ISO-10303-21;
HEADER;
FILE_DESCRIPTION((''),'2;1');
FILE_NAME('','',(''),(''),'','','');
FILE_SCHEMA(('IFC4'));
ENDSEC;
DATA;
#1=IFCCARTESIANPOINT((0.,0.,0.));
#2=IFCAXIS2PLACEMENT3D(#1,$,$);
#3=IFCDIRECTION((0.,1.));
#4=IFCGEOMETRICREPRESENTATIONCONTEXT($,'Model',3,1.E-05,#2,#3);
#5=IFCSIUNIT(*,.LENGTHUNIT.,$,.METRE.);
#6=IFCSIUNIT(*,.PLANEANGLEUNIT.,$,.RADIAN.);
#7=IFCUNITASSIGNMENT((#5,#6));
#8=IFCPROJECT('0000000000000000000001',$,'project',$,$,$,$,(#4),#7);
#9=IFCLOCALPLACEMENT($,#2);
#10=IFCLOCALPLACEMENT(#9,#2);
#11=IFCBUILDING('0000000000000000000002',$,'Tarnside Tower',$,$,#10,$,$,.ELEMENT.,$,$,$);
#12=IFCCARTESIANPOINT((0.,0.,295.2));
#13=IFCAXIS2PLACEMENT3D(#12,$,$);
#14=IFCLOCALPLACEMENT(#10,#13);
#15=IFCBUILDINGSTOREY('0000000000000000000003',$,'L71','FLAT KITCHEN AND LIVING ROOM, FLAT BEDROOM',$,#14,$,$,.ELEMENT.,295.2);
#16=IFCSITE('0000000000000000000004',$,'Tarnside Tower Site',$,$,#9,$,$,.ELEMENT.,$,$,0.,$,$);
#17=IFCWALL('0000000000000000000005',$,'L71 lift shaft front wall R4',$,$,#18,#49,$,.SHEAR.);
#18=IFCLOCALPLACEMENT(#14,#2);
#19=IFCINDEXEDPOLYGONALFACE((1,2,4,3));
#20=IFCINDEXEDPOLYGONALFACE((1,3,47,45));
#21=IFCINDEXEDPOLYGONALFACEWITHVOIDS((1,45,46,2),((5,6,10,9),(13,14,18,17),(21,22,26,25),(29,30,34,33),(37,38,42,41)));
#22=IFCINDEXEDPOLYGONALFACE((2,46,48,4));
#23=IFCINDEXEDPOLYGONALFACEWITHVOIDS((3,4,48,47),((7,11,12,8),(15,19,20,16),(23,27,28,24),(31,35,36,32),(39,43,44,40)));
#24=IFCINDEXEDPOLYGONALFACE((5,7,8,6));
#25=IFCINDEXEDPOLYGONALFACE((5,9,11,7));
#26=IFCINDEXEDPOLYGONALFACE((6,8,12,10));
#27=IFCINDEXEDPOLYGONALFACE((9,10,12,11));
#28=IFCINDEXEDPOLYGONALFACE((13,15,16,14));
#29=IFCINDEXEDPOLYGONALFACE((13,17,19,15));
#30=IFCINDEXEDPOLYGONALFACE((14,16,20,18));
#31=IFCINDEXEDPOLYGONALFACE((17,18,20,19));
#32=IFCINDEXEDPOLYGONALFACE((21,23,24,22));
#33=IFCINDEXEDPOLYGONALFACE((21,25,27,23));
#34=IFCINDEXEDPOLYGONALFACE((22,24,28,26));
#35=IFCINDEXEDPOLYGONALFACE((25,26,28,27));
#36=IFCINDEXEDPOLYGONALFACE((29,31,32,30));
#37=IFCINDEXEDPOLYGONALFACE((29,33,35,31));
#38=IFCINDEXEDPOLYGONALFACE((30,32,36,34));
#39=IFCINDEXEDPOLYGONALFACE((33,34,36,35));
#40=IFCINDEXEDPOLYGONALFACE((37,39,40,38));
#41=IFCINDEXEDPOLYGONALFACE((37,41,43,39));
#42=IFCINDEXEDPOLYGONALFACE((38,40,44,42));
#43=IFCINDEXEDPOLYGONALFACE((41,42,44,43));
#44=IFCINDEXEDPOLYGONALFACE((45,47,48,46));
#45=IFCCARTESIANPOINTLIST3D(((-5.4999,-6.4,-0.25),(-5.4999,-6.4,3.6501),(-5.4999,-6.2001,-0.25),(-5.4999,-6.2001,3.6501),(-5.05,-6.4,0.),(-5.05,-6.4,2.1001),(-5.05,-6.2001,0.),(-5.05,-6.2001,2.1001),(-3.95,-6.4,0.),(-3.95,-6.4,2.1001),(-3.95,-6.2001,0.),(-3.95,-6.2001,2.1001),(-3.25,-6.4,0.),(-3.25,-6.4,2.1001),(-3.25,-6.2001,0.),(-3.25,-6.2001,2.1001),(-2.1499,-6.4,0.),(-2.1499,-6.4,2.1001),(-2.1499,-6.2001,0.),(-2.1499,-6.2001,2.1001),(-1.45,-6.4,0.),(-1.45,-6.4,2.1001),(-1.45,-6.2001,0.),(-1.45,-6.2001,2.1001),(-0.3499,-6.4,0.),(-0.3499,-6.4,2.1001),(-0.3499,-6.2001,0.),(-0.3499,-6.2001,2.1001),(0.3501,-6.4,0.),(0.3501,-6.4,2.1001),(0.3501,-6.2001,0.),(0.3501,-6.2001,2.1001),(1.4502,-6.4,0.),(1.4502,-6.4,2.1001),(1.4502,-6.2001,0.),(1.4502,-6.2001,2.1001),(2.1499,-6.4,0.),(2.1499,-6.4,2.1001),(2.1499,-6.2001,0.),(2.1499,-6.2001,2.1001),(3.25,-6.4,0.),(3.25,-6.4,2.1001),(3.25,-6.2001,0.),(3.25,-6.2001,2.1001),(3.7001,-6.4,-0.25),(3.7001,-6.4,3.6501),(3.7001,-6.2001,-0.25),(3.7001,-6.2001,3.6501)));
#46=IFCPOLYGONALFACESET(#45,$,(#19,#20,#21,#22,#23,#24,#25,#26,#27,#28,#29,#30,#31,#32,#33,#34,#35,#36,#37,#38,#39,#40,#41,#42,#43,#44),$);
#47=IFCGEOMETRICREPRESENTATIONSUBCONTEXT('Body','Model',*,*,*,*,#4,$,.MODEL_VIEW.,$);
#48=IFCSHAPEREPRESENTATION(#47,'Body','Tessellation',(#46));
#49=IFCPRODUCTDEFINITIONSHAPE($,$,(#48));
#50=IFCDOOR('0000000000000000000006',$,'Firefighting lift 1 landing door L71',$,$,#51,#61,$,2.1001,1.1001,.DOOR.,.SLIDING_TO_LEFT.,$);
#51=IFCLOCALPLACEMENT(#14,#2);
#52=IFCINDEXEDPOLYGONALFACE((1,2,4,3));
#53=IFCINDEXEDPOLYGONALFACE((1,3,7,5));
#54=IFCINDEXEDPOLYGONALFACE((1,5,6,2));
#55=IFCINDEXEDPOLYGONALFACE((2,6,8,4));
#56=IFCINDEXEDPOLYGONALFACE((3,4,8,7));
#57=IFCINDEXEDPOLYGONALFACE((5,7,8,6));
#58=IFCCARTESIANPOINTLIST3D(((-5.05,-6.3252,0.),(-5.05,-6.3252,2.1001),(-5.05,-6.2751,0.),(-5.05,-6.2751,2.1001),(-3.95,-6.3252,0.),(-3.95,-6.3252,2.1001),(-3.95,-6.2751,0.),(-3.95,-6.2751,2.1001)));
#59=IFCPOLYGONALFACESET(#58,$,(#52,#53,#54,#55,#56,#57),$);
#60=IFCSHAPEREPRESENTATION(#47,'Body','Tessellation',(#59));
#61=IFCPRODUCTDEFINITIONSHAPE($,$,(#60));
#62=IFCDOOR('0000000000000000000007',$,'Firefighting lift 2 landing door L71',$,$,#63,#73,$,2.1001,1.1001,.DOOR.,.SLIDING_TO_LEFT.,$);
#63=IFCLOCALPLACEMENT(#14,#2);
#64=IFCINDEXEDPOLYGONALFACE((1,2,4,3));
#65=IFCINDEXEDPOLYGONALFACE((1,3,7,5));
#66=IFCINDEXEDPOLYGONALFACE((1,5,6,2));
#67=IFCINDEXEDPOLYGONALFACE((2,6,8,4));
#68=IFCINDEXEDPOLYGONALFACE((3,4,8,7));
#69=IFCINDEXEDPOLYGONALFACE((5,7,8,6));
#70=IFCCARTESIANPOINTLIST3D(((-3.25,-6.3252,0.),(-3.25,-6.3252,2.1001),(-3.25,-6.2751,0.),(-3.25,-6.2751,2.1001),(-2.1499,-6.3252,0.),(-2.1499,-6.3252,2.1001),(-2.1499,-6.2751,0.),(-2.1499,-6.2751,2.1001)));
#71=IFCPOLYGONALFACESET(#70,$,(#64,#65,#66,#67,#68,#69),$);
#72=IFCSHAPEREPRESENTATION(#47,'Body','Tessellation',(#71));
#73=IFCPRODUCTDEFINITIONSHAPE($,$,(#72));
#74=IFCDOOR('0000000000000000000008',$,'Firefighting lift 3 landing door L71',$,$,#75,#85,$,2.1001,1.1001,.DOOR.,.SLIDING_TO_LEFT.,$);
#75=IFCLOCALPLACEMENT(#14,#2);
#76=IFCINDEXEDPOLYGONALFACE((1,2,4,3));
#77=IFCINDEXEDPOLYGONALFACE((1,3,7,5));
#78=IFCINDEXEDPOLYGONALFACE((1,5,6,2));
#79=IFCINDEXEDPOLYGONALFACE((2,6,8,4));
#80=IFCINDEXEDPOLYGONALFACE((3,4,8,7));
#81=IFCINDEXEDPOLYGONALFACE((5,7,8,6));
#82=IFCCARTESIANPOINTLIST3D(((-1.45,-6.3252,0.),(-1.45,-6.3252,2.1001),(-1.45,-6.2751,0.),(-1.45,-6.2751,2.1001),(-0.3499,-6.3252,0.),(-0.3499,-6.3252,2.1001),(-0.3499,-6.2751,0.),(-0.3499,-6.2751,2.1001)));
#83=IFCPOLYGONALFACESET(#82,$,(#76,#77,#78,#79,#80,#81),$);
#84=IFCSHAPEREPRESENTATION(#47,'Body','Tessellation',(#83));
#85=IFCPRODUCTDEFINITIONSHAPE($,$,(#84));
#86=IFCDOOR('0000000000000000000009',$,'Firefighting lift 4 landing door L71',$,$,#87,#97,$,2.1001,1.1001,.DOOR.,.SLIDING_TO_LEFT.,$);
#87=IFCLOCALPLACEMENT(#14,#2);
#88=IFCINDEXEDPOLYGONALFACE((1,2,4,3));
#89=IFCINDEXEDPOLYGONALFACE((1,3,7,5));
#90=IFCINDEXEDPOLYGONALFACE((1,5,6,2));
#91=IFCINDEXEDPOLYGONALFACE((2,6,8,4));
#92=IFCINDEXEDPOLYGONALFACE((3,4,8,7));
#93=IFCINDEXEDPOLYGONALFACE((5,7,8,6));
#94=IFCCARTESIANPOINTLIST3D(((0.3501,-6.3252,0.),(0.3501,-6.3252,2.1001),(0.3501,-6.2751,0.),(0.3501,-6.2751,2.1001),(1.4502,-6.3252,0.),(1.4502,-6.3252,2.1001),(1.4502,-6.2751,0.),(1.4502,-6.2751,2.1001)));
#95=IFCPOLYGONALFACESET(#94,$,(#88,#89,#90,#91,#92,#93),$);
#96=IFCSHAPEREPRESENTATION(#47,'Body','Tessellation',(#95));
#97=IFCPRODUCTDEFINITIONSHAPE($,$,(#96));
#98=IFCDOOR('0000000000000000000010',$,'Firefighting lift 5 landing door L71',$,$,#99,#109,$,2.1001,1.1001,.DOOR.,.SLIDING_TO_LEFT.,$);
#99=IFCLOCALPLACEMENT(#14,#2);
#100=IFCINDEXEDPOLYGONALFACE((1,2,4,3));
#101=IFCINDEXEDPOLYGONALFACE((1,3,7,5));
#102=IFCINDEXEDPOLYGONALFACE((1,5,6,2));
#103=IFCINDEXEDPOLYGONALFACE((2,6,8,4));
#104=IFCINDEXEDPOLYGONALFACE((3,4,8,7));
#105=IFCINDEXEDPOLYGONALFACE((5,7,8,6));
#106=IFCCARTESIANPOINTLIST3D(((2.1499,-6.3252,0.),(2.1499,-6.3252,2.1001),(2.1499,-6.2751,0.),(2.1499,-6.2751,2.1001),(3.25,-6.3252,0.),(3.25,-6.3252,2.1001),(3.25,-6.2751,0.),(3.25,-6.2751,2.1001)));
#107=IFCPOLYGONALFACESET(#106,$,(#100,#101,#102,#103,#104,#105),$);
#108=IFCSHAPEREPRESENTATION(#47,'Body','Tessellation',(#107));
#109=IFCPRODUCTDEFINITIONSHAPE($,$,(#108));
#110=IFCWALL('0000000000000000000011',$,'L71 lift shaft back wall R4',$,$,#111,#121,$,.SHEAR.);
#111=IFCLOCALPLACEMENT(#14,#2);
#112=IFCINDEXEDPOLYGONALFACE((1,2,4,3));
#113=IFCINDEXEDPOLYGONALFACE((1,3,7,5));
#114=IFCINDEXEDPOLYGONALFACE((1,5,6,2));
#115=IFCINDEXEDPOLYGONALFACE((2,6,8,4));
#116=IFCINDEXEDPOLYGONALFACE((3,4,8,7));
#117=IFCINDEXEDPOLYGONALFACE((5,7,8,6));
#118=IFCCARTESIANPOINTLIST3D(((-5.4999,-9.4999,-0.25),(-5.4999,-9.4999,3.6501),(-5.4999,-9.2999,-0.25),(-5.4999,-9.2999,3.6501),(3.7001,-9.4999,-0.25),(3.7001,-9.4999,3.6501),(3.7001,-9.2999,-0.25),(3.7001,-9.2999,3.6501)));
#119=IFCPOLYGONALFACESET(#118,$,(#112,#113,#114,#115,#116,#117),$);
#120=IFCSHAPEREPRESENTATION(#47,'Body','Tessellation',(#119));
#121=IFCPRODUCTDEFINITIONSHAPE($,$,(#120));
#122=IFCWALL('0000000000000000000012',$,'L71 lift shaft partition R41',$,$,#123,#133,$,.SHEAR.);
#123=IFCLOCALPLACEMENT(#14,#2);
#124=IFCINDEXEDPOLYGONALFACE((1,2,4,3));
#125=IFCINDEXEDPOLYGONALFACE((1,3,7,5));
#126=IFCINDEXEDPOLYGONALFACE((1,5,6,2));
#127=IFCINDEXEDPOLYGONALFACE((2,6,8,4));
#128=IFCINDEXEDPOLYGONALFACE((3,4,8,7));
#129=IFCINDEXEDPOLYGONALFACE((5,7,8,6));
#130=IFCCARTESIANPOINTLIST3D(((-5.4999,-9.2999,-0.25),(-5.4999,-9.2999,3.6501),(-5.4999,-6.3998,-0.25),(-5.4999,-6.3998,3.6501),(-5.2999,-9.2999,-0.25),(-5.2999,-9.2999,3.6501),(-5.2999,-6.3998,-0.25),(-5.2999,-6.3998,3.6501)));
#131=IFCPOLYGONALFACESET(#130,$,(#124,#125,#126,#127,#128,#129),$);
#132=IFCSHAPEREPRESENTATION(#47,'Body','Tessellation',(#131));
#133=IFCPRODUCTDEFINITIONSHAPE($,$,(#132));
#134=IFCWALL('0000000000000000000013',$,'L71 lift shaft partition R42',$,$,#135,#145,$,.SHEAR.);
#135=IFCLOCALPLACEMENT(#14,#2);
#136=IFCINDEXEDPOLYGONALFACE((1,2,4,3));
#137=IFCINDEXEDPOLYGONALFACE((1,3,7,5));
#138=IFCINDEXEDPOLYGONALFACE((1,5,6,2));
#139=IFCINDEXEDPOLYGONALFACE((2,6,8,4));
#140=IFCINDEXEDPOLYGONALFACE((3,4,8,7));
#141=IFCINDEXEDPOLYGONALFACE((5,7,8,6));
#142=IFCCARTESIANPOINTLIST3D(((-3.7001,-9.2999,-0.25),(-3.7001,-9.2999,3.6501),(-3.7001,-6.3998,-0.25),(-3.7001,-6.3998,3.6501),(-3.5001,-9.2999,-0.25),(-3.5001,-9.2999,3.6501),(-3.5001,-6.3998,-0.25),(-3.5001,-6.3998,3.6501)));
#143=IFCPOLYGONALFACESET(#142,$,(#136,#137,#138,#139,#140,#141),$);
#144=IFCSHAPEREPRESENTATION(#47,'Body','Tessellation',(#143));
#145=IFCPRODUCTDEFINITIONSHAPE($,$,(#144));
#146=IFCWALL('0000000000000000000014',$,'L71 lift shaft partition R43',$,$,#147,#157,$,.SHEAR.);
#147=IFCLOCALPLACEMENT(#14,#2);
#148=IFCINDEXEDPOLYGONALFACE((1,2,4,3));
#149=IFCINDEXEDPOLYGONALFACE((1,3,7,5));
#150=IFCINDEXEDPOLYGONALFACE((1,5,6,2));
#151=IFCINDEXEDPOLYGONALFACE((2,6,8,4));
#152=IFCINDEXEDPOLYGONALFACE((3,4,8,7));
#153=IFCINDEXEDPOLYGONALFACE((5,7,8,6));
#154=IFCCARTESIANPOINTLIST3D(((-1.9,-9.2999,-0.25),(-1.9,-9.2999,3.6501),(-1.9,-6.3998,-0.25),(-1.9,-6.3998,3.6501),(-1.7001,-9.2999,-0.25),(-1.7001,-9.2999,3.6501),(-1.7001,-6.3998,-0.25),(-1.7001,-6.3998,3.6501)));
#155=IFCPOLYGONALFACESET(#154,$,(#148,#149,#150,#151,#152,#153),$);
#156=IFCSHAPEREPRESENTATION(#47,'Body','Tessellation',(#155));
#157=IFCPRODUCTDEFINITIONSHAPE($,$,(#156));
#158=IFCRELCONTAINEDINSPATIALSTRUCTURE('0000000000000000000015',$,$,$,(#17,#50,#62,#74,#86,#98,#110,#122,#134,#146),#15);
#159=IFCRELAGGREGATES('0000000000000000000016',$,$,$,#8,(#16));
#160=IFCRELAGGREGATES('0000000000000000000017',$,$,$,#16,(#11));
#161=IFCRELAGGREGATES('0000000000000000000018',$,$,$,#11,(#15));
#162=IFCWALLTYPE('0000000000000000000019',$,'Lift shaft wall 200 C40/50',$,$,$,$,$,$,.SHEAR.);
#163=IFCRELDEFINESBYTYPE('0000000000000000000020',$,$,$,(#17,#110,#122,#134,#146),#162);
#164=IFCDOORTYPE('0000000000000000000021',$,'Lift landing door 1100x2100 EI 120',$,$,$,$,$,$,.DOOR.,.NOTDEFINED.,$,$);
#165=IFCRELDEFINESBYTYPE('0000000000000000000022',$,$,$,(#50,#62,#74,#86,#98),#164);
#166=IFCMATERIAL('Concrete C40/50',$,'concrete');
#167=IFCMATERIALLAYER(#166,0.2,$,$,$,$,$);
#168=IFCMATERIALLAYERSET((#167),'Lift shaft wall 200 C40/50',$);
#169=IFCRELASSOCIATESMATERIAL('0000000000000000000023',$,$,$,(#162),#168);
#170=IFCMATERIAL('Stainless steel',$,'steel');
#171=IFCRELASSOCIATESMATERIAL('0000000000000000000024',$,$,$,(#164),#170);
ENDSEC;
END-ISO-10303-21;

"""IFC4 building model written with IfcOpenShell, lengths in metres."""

from ifc_helpers import new_model, si_unit, direction, frame, frame_2d, origin, place, context, subcontext, project, spatial, rectangle, extrude, material, layer, layer_set, type_object, element, fill, save


model = new_model("IFC4")

# Units and contexts
model_context = context("Model", 3, precision=1e-05, world=origin(), true_north=direction((0.0, 1.0)))
body_context = subcontext(model_context, "Body", "Model", "MODEL_VIEW")
ifc_project = project(units=[si_unit("LENGTHUNIT", "METRE"), si_unit("PLANEANGLEUNIT", "RADIAN")], contexts=[model_context])

# Site, building, storey
site_placement = place(None, origin())
site = spatial("IfcSite", under=ifc_project, at=site_placement, Name="Tarnside Tower Site", CompositionType="ELEMENT", RefElevation=0.0)
building_placement = place(site_placement, origin())
building = spatial("IfcBuilding", under=site, at=building_placement, Name="Tarnside Tower", CompositionType="ELEMENT")
storey_placement = place(building_placement, frame((0.0, 0.0, 295.2)))
storey = spatial("IfcBuildingStorey", under=building, at=storey_placement, Name="L71", Description="FLAT KITCHEN AND LIVING ROOM, FLAT BEDROOM", CompositionType="ELEMENT", Elevation=295.2)

# Wall, openings, doors
ifc_material_1 = material(Name="Concrete C40/50", Category="concrete")
ifc_layer_1 = layer(ifc_material_1, 0.2)
ifc_layer_set_1 = layer_set([ifc_layer_1], Name="Lift shaft wall 200 C40/50")
wall_type_1 = type_object("IfcWallType", Name="Lift shaft wall 200 C40/50", PredefinedType="SHEAR", material=ifc_layer_set_1)
wall_1_placement = place(storey_placement, frame((-5.5, -6.3, -0.25), z_axis=(0.0, 0.0, 1.0), x_axis=(1.0, 0.0, 0.0)))
wall_1 = element("IfcWall", 1, at=wall_1_placement, inside=storey, type_object=wall_type_1, Name="L71 lift shaft front wall R4", PredefinedType="SHEAR", context=body_context, shape_type="SweptSolid", body=[
    extrude(rectangle(XDim=9.2, YDim=0.2, at=frame_2d((4.6001, 0.0))), origin(), (0.0, 0.0, 1.0), 3.9001),
])
opening_1_placement = place(wall_1_placement, frame((0.45, 0.0, 0.25)))
opening_1 = element("IfcOpeningElement", 2, at=opening_1_placement, cuts=wall_1, PredefinedType="OPENING", context=body_context, shape_type="SweptSolid", body=[
    extrude(rectangle(XDim=1.1001, YDim=2.1001, at=frame_2d((0.55, 1.05))), frame((0.0, 0.1099, 0.0), z_axis=(0.0, -1.0, 0.0), x_axis=(1.0, 0.0, 0.0)), (0.0, 0.0, 1.0), 0.22),
])
opening_2_placement = place(wall_1_placement, frame((2.25, 0.0, 0.25)))
opening_2 = element("IfcOpeningElement", 3, at=opening_2_placement, cuts=wall_1, PredefinedType="OPENING", context=body_context, shape_type="SweptSolid", body=[
    extrude(rectangle(XDim=1.1001, YDim=2.1001, at=frame_2d((0.55, 1.05))), frame((0.0, 0.1099, 0.0), z_axis=(0.0, -1.0, 0.0), x_axis=(1.0, 0.0, 0.0)), (0.0, 0.0, 1.0), 0.22),
])
opening_3_placement = place(wall_1_placement, frame((4.05, 0.0, 0.25)))
opening_3 = element("IfcOpeningElement", 4, at=opening_3_placement, cuts=wall_1, PredefinedType="OPENING", context=body_context, shape_type="SweptSolid", body=[
    extrude(rectangle(XDim=1.1001, YDim=2.1001, at=frame_2d((0.55, 1.05))), frame((0.0, 0.1099, 0.0), z_axis=(0.0, -1.0, 0.0), x_axis=(1.0, 0.0, 0.0)), (0.0, 0.0, 1.0), 0.22),
])
opening_4_placement = place(wall_1_placement, frame((5.8501, 0.0, 0.25)))
opening_4 = element("IfcOpeningElement", 5, at=opening_4_placement, cuts=wall_1, PredefinedType="OPENING", context=body_context, shape_type="SweptSolid", body=[
    extrude(rectangle(XDim=1.1001, YDim=2.1001, at=frame_2d((0.55, 1.05))), frame((0.0, 0.1099, 0.0), z_axis=(0.0, -1.0, 0.0), x_axis=(1.0, 0.0, 0.0)), (0.0, 0.0, 1.0), 0.22),
])
opening_5_placement = place(wall_1_placement, frame((7.6499, 0.0, 0.25)))
opening_5 = element("IfcOpeningElement", 6, at=opening_5_placement, cuts=wall_1, PredefinedType="OPENING", context=body_context, shape_type="SweptSolid", body=[
    extrude(rectangle(XDim=1.1001, YDim=2.1001, at=frame_2d((0.55, 1.05))), frame((0.0, 0.1099, 0.0), z_axis=(0.0, -1.0, 0.0), x_axis=(1.0, 0.0, 0.0)), (0.0, 0.0, 1.0), 0.22),
])
ifc_material_2 = material(Name="Stainless steel", Category="steel")
door_type_1 = type_object("IfcDoorType", Name="Lift landing door 1100x2100 EI 120", OperationType="NOTDEFINED", PredefinedType="DOOR", material=ifc_material_2)
door_1_placement = place(opening_1_placement, origin())
door_1 = element("IfcDoor", 7, at=door_1_placement, inside=storey, type_object=door_type_1, Name="Firefighting lift 1 landing door L71", OperationType="SLIDING_TO_LEFT", OverallHeight=2.1001, OverallWidth=1.1001, PredefinedType="DOOR", context=body_context, shape_type="SweptSolid", body=[
    extrude(rectangle(XDim=1.1001, YDim=2.1001, at=frame_2d((0.55, 1.05))), frame((0.0, 0.0249, 0.0), z_axis=(0.0, -1.0, 0.0), x_axis=(1.0, 0.0, 0.0)), (0.0, 0.0, 1.0), 0.05),
])
fill(opening_1, door_1)
door_2_placement = place(opening_2_placement, origin())
door_2 = element("IfcDoor", 8, at=door_2_placement, inside=storey, type_object=door_type_1, Name="Firefighting lift 2 landing door L71", OperationType="SLIDING_TO_LEFT", OverallHeight=2.1001, OverallWidth=1.1001, PredefinedType="DOOR", context=body_context, shape_type="SweptSolid", body=[
    extrude(rectangle(XDim=1.1001, YDim=2.1001, at=frame_2d((0.55, 1.05))), frame((0.0, 0.0249, 0.0), z_axis=(0.0, -1.0, 0.0), x_axis=(1.0, 0.0, 0.0)), (0.0, 0.0, 1.0), 0.05),
])
fill(opening_2, door_2)
door_3_placement = place(opening_3_placement, origin())
door_3 = element("IfcDoor", 9, at=door_3_placement, inside=storey, type_object=door_type_1, Name="Firefighting lift 3 landing door L71", OperationType="SLIDING_TO_LEFT", OverallHeight=2.1001, OverallWidth=1.1001, PredefinedType="DOOR", context=body_context, shape_type="SweptSolid", body=[
    extrude(rectangle(XDim=1.1001, YDim=2.1001, at=frame_2d((0.55, 1.05))), frame((0.0, 0.0249, 0.0), z_axis=(0.0, -1.0, 0.0), x_axis=(1.0, 0.0, 0.0)), (0.0, 0.0, 1.0), 0.05),
])
fill(opening_3, door_3)
door_4_placement = place(opening_4_placement, origin())
door_4 = element("IfcDoor", 10, at=door_4_placement, inside=storey, type_object=door_type_1, Name="Firefighting lift 4 landing door L71", OperationType="SLIDING_TO_LEFT", OverallHeight=2.1001, OverallWidth=1.1001, PredefinedType="DOOR", context=body_context, shape_type="SweptSolid", body=[
    extrude(rectangle(XDim=1.1001, YDim=2.1001, at=frame_2d((0.55, 1.05))), frame((0.0, 0.0249, 0.0), z_axis=(0.0, -1.0, 0.0), x_axis=(1.0, 0.0, 0.0)), (0.0, 0.0, 1.0), 0.05),
])
fill(opening_4, door_4)
door_5_placement = place(opening_5_placement, origin())
door_5 = element("IfcDoor", 11, at=door_5_placement, inside=storey, type_object=door_type_1, Name="Firefighting lift 5 landing door L71", OperationType="SLIDING_TO_LEFT", OverallHeight=2.1001, OverallWidth=1.1001, PredefinedType="DOOR", context=body_context, shape_type="SweptSolid", body=[
    extrude(rectangle(XDim=1.1001, YDim=2.1001, at=frame_2d((0.55, 1.05))), frame((0.0, 0.0249, 0.0), z_axis=(0.0, -1.0, 0.0), x_axis=(1.0, 0.0, 0.0)), (0.0, 0.0, 1.0), 0.05),
])
fill(opening_5, door_5)

# Walls
wall_2_placement = place(storey_placement, frame((-5.5, -9.3999, -0.25), z_axis=(0.0, 0.0, 1.0), x_axis=(1.0, 0.0, 0.0)))
element("IfcWall", 12, at=wall_2_placement, inside=storey, type_object=wall_type_1, Name="L71 lift shaft back wall R4", PredefinedType="SHEAR", context=body_context, shape_type="SweptSolid", body=[
    extrude(rectangle(XDim=9.2, YDim=0.2, at=frame_2d((4.6001, 0.0))), origin(), (0.0, 0.0, 1.0), 3.9001),
])
for number, where, z_axis, x_axis, name in (
    (13, (-5.3999, -9.3, -0.25), (0.0, 0.0, 1.0), (0.0, 1.0, 0.0), "L71 lift shaft partition R41"),
    (14, (-3.6001, -9.3, -0.25), (0.0, 0.0, 1.0), (0.0, 1.0, 0.0), "L71 lift shaft partition R42"),
    (15, (-1.8, -9.3, -0.25), (0.0, 0.0, 1.0), (0.0, 1.0, 0.0), "L71 lift shaft partition R43"),
):
    element("IfcWall", number, at=place(storey_placement, frame(where, z_axis=z_axis, x_axis=x_axis)), inside=storey, type_object=wall_type_1, Name=name, PredefinedType="SHEAR", context=body_context, shape_type="SweptSolid", body=[
        extrude(rectangle(XDim=2.9001, YDim=0.2, at=frame_2d((1.4502, 0.0))), origin(), (0.0, 0.0, 1.0), 3.9001),
    ])

save(model, "model.ifc")
